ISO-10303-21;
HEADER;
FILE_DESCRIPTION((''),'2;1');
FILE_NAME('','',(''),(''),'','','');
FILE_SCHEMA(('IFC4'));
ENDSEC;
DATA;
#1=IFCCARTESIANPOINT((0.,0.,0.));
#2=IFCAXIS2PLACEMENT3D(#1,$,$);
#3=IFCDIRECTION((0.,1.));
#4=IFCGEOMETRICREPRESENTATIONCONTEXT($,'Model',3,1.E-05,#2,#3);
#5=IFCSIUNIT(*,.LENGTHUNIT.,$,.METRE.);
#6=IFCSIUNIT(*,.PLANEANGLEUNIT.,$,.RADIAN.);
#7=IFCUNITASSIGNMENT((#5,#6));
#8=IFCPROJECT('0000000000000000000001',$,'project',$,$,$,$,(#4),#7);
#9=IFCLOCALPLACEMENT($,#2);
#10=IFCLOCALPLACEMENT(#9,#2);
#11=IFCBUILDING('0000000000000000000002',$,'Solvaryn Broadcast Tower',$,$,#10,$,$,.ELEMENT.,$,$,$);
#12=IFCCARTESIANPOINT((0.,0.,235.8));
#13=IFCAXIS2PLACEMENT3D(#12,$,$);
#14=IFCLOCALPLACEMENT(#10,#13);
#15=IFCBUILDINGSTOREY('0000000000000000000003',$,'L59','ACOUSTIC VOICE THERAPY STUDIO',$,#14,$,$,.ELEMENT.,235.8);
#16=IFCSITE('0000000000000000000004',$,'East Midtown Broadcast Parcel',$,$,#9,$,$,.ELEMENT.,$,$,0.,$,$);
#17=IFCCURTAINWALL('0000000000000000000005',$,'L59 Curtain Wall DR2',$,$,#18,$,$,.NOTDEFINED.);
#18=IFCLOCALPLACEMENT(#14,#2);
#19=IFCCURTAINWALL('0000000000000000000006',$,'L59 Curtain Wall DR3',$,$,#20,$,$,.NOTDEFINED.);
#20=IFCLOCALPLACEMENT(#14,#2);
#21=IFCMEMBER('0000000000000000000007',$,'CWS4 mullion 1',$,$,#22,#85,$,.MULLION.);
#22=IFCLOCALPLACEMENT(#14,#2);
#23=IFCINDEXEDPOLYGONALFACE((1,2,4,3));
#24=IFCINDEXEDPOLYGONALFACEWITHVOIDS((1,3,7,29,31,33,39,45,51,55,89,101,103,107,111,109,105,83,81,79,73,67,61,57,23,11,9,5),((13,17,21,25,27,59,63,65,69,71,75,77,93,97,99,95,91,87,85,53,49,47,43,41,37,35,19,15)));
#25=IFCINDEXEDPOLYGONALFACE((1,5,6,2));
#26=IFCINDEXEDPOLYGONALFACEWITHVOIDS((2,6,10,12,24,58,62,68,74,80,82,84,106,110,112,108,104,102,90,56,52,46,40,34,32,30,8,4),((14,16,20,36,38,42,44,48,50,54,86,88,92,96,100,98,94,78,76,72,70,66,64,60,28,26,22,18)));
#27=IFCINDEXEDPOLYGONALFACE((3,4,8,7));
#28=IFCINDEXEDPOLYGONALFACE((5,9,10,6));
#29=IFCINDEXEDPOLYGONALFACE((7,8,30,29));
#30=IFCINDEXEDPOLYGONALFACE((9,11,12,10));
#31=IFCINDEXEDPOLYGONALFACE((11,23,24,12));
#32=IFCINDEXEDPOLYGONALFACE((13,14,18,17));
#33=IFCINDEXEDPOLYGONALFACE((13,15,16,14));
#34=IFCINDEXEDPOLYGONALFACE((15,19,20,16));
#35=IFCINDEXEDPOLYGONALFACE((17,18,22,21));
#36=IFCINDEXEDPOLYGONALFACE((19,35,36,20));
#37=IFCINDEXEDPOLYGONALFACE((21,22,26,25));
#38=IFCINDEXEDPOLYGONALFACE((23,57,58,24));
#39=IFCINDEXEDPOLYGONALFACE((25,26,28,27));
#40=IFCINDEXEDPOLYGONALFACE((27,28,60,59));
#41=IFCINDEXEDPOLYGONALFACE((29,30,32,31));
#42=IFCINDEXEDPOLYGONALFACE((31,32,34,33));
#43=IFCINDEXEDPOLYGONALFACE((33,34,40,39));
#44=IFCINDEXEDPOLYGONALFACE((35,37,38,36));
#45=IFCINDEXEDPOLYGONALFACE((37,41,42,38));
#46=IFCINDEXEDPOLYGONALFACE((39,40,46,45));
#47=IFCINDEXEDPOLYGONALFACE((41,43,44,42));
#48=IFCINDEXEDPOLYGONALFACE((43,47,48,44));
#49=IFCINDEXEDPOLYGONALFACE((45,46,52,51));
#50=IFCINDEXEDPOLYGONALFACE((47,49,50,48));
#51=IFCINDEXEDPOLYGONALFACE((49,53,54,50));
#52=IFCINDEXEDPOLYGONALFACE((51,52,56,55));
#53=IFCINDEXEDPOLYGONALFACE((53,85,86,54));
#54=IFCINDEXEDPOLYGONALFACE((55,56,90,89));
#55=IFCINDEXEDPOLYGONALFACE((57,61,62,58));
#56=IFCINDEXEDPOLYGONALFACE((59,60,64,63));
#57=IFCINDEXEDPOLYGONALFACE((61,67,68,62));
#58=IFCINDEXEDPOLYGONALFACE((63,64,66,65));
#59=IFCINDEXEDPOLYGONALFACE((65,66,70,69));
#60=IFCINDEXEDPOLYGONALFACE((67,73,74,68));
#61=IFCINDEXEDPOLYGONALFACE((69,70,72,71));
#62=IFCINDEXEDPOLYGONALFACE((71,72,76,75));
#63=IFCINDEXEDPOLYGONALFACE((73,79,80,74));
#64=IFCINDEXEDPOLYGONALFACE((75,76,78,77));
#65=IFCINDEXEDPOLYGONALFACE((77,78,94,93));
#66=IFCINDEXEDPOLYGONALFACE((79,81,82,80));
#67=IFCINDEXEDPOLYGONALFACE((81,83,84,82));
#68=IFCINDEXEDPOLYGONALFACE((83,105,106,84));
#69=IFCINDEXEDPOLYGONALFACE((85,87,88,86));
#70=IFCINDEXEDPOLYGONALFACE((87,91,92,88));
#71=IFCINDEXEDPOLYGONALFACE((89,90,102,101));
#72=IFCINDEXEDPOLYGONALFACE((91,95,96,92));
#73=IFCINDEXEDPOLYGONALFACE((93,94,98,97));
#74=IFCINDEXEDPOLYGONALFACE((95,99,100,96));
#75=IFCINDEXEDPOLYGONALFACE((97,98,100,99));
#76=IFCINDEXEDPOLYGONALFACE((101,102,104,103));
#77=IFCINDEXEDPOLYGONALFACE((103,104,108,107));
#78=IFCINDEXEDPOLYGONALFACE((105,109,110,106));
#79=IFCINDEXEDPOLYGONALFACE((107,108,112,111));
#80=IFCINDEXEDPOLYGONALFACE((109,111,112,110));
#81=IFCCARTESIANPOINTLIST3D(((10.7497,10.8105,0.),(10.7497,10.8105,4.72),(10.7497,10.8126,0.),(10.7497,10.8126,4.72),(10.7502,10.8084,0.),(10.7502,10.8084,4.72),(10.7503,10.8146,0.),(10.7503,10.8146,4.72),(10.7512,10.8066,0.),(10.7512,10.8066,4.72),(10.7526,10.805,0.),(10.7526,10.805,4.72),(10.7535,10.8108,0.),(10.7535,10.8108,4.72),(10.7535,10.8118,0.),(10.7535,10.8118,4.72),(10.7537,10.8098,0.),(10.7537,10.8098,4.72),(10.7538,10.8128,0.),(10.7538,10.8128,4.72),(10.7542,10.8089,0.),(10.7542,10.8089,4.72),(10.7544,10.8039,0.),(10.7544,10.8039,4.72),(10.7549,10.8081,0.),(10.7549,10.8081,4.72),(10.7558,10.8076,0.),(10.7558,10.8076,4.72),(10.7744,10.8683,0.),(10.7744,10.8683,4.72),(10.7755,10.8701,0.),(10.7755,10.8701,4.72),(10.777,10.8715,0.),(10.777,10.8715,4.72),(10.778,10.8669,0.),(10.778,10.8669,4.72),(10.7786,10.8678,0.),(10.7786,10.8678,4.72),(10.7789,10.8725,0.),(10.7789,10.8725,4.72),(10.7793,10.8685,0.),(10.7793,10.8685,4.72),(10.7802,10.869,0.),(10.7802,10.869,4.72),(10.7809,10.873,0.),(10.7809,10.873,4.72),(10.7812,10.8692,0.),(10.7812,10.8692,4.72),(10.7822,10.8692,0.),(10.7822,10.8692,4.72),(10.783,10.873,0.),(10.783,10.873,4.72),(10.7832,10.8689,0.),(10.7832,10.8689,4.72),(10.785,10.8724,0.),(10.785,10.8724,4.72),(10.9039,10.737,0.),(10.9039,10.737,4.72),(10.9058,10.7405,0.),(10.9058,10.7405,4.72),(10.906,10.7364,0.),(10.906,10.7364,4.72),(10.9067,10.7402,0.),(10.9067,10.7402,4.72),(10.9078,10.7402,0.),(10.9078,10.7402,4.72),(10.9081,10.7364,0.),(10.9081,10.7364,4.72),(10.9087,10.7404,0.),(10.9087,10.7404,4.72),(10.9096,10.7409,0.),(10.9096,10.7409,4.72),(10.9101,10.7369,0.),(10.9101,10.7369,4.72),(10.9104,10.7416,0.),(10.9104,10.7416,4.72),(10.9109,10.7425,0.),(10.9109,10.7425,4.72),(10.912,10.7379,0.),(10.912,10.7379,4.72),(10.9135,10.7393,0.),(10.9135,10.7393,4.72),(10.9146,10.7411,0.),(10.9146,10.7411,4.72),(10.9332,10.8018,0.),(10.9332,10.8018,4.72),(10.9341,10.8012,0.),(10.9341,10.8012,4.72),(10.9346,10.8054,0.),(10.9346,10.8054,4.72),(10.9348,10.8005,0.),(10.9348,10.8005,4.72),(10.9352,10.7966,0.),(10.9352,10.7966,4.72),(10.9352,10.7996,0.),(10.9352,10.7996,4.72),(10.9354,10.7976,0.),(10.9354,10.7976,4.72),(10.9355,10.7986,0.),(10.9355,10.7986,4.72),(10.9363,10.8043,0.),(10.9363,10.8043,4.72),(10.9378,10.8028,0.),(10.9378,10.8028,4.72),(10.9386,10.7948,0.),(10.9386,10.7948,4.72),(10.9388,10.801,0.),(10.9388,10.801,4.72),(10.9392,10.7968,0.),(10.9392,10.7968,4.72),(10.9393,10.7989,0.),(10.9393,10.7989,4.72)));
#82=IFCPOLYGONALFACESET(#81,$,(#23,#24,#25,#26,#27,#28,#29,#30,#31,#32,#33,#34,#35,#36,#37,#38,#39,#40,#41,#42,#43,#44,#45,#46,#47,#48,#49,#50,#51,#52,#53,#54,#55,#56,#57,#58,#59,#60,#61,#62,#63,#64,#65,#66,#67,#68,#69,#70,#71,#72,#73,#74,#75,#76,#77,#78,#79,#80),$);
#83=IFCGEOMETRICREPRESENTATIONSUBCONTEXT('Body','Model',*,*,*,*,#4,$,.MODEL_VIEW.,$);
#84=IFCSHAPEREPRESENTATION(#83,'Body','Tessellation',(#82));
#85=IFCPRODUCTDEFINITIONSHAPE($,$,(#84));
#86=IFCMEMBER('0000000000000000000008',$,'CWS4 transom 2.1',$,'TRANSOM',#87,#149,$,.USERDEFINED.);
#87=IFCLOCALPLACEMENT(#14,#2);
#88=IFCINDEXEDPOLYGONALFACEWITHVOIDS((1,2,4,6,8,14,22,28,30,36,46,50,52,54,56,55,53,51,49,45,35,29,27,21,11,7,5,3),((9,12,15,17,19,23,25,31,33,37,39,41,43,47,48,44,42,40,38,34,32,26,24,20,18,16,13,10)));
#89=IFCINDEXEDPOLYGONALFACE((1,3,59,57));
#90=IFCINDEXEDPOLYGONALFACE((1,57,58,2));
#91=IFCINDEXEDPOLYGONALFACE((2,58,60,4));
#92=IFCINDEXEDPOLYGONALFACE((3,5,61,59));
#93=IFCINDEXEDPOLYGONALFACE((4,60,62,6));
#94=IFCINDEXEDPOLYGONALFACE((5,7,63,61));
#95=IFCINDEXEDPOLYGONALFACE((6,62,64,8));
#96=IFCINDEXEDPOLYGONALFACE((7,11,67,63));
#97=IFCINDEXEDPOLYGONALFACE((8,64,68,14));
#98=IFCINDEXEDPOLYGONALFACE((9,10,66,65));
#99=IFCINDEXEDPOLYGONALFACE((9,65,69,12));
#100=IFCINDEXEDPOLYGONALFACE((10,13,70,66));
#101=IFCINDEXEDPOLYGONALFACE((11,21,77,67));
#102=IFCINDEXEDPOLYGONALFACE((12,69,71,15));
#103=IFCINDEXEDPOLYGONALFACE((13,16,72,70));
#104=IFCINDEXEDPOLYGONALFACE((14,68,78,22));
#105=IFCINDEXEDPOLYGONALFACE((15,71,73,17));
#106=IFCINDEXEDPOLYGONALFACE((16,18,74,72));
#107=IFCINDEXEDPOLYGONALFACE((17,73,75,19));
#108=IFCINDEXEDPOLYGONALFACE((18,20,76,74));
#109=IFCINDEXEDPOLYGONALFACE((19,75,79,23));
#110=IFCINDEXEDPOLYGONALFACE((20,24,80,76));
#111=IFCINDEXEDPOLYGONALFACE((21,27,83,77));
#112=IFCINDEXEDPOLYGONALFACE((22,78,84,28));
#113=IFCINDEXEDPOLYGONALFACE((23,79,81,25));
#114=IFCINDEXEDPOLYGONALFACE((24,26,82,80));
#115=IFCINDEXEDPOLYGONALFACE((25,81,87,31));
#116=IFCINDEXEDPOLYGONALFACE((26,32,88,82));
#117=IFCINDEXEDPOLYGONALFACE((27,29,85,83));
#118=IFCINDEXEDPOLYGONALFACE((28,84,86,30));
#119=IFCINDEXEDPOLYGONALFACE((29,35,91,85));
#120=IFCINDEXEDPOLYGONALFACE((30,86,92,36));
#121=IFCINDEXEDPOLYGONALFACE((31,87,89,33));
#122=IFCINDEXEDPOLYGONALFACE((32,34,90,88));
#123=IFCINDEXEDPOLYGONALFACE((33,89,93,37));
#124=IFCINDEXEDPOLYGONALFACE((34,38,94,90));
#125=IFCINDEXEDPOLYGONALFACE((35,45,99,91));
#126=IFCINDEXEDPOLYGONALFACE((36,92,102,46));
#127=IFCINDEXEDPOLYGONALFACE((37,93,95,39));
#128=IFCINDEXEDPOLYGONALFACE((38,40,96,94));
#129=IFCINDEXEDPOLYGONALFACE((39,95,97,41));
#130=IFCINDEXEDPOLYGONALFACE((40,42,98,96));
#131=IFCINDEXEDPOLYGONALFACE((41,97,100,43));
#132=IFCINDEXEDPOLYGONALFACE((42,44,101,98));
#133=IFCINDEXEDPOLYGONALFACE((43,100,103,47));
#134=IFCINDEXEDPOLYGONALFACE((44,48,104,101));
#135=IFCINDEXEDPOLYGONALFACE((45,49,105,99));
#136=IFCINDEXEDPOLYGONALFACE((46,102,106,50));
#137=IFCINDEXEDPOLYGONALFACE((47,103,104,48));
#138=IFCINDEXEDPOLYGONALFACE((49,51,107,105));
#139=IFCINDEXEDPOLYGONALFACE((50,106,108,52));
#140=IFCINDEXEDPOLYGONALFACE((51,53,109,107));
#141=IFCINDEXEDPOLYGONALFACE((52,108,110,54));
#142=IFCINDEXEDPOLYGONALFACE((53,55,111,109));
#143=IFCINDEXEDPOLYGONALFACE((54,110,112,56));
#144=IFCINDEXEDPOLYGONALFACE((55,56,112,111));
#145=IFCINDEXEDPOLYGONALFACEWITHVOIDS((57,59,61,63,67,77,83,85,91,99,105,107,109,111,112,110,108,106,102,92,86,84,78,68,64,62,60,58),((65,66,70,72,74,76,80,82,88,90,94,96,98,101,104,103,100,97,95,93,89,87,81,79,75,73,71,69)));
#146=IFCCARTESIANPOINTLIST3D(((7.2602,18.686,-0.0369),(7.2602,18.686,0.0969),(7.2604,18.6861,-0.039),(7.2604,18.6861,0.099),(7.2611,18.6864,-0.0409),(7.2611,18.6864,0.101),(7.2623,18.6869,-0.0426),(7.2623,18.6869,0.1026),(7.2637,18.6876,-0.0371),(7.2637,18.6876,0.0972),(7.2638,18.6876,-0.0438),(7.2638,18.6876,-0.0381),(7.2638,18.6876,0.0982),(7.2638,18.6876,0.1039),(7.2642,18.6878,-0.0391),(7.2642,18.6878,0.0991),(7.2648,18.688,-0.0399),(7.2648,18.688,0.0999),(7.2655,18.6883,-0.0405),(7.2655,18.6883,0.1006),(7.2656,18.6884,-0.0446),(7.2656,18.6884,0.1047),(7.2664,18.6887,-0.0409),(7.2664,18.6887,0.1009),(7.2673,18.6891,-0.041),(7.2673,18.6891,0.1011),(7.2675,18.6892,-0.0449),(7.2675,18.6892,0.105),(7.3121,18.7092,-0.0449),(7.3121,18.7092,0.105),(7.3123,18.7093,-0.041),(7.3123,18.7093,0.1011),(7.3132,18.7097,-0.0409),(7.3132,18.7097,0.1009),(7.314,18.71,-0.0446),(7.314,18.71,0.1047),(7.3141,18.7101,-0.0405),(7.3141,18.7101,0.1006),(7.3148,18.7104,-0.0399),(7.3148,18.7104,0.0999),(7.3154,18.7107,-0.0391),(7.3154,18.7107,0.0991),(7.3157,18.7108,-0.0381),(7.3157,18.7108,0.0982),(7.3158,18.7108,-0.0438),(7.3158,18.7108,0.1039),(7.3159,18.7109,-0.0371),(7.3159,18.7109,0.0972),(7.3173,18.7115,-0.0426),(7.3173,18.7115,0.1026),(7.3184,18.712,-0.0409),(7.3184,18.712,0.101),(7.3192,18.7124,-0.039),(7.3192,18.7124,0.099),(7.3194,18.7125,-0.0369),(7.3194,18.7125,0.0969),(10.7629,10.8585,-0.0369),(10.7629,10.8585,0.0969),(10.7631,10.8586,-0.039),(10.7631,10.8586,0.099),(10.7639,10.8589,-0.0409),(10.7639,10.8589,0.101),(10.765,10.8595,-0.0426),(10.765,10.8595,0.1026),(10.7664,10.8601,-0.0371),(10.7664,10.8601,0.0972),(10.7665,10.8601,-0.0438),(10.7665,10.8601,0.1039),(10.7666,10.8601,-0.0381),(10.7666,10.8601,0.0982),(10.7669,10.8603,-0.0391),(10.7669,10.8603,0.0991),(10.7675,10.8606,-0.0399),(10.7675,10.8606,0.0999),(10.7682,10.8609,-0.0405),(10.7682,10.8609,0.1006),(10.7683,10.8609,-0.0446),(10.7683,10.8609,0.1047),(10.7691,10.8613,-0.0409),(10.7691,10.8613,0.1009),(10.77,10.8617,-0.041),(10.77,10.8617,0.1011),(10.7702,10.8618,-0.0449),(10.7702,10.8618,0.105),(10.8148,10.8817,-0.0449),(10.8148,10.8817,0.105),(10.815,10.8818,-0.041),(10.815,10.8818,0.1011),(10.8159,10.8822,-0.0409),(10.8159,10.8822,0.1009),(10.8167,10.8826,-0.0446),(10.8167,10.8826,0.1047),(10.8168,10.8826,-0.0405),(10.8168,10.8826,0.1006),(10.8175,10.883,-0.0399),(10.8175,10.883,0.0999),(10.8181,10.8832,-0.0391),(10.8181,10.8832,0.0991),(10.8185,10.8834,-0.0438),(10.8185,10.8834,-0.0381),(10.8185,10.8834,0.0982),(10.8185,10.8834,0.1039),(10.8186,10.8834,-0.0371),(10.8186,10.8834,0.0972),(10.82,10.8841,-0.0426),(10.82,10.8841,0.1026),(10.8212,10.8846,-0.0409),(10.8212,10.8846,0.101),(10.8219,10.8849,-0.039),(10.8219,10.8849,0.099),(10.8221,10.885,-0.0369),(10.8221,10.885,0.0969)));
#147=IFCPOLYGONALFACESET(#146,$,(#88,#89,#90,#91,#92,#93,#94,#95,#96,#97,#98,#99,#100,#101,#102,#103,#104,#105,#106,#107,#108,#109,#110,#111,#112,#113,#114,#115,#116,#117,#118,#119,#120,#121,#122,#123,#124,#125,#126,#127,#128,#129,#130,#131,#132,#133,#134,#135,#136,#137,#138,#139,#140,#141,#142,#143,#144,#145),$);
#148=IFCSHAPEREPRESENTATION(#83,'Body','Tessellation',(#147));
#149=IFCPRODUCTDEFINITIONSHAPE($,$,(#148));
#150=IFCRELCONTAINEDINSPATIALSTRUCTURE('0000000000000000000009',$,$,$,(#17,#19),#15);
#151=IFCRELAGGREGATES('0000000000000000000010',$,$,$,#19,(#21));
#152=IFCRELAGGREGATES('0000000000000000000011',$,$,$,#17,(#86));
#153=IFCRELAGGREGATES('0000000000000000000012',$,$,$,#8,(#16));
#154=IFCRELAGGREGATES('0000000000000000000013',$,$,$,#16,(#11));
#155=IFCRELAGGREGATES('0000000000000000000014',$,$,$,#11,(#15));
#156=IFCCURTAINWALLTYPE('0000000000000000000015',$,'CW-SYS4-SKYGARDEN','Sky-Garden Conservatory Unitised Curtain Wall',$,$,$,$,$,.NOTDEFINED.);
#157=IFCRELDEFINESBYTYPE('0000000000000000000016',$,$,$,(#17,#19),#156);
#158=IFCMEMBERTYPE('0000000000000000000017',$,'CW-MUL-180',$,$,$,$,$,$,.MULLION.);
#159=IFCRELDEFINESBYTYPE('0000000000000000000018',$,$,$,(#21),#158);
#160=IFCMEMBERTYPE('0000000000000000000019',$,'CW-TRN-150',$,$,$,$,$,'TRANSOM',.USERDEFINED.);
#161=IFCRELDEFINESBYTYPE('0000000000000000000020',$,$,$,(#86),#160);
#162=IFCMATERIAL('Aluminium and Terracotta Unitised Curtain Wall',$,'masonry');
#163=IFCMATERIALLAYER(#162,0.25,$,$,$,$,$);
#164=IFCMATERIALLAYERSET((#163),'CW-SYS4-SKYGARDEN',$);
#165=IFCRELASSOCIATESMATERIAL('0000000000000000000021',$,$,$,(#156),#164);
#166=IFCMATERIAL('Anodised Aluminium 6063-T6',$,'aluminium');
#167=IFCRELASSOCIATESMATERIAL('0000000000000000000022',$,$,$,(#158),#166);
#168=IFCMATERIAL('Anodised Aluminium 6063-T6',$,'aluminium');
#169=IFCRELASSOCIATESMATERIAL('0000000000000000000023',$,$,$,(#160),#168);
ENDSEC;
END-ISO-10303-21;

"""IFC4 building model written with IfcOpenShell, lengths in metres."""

from ifc_helpers import new_model, si_unit, direction, frame, origin, origin_2d, place, context, subcontext, project, spatial, hollow_rectangle, extrude, material, layer, layer_set, material_profile, profile_set, type_object, element, aggregate, save


model = new_model("IFC4")

# Units and contexts
model_context = context("Model", 3, precision=1e-05, world=origin(), true_north=direction((0.0, 1.0)))
body_context = subcontext(model_context, "Body", "Model", "MODEL_VIEW")
ifc_project = project(units=[si_unit("LENGTHUNIT", "METRE"), si_unit("PLANEANGLEUNIT", "RADIAN")], contexts=[model_context])

# Site, building, storey
site_placement = place(None, origin())
site = spatial("IfcSite", under=ifc_project, at=site_placement, Name="East Midtown Broadcast Parcel", CompositionType="ELEMENT", RefElevation=0.0)
building_placement = place(site_placement, origin())
building = spatial("IfcBuilding", under=site, at=building_placement, Name="Solvaryn Broadcast Tower", CompositionType="ELEMENT")
storey_placement = place(building_placement, frame((0.0, 0.0, 235.8)))
storey = spatial("IfcBuildingStorey", under=building, at=storey_placement, Name="L59", Description="ACOUSTIC VOICE THERAPY STUDIO", CompositionType="ELEMENT", Elevation=235.8)

# Curtain walls, member
ifc_material_1 = material(Name="Aluminium and Terracotta Unitised Curtain Wall", Category="masonry")
ifc_layer_1 = layer(ifc_material_1, 0.25)
ifc_layer_set_1 = layer_set([ifc_layer_1], Name="CW-SYS4-SKYGARDEN")
curtain_wall_type = type_object("IfcCurtainWallType", Name="CW-SYS4-SKYGARDEN", Description="Sky-Garden Conservatory Unitised Curtain Wall", PredefinedType="NOTDEFINED", material=ifc_layer_set_1)
curtain_wall_1_placement = place(storey_placement, origin())
curtain_wall_1 = element("IfcCurtainWall", 1, at=curtain_wall_1_placement, inside=storey, type_object=curtain_wall_type, Name="L59 Curtain Wall DR2", PredefinedType="NOTDEFINED")
ifc_material_2 = material(Name="Anodised Aluminium 6063-T6", Category="aluminium")
ifc_material_profile_1 = material_profile(ifc_material_2, hollow_rectangle(XDim=0.075, YDim=0.1799, WallThickness=0.0039, InnerFilletRadius=0.0039, OuterFilletRadius=0.0081, at=origin_2d()))
ifc_profile_set_1 = profile_set([ifc_material_profile_1], Name="Anodised Aluminium 6063-T6")
member_type_1 = type_object("IfcMemberType", Name="CW-MUL-180", PredefinedType="MULLION", material=ifc_profile_set_1)
curtain_wall_2_placement = place(storey_placement, origin())
curtain_wall_2 = element("IfcCurtainWall", 2, at=curtain_wall_2_placement, inside=storey, type_object=curtain_wall_type, Name="L59 Curtain Wall DR3", PredefinedType="NOTDEFINED")
member_1_placement = place(storey_placement, frame((10.8445, 10.8047, 0.0), z_axis=(0.0, 0.0, 1.0), x_axis=(0.408466, 0.912774, 0.0)))
member_1 = element("IfcMember", 3, at=member_1_placement, type_object=member_type_1, Name="CWS4 mullion 1", PredefinedType="MULLION", context=body_context, shape_type="SweptSolid", body=[
    extrude(hollow_rectangle(XDim=0.075, YDim=0.1799, WallThickness=0.0039, InnerFilletRadius=0.0039, OuterFilletRadius=0.0081, at=origin_2d()), origin(), (0.0, 0.0, 1.0), 4.72),
])
aggregate(curtain_wall_2, [member_1])

# Member
ifc_material_3 = material(Name="Anodised Aluminium 6063-T6", Category="aluminium")
ifc_material_profile_2 = material_profile(ifc_material_3, hollow_rectangle(XDim=0.0649, YDim=0.1499, WallThickness=0.0039, InnerFilletRadius=0.0039, OuterFilletRadius=0.0081, at=origin_2d()))
ifc_profile_set_2 = profile_set([ifc_material_profile_2], Name="Anodised Aluminium 6063-T6")
member_type_2 = type_object("IfcMemberType", Name="CW-TRN-150", ElementType="TRANSOM", PredefinedType="USERDEFINED", material=ifc_profile_set_2)
member_2_placement = place(storey_placement, frame((7.2898, 18.6992, 0.03), z_axis=(0.408459, -0.912777, 0.0), x_axis=(0.912777, 0.408459, 0.0)))
member_2 = element("IfcMember", 4, at=member_2_placement, type_object=member_type_2, Name="CWS4 transom 2.1", ObjectType="TRANSOM", PredefinedType="USERDEFINED", context=body_context, shape_type="SweptSolid", body=[
    extrude(hollow_rectangle(XDim=0.0649, YDim=0.1499, WallThickness=0.0039, InnerFilletRadius=0.0039, OuterFilletRadius=0.0081, at=origin_2d()), origin(), (0.0, 0.0, 1.0), 8.5754),
])

aggregate(curtain_wall_1, [member_2])

save(model, "model.ifc")
